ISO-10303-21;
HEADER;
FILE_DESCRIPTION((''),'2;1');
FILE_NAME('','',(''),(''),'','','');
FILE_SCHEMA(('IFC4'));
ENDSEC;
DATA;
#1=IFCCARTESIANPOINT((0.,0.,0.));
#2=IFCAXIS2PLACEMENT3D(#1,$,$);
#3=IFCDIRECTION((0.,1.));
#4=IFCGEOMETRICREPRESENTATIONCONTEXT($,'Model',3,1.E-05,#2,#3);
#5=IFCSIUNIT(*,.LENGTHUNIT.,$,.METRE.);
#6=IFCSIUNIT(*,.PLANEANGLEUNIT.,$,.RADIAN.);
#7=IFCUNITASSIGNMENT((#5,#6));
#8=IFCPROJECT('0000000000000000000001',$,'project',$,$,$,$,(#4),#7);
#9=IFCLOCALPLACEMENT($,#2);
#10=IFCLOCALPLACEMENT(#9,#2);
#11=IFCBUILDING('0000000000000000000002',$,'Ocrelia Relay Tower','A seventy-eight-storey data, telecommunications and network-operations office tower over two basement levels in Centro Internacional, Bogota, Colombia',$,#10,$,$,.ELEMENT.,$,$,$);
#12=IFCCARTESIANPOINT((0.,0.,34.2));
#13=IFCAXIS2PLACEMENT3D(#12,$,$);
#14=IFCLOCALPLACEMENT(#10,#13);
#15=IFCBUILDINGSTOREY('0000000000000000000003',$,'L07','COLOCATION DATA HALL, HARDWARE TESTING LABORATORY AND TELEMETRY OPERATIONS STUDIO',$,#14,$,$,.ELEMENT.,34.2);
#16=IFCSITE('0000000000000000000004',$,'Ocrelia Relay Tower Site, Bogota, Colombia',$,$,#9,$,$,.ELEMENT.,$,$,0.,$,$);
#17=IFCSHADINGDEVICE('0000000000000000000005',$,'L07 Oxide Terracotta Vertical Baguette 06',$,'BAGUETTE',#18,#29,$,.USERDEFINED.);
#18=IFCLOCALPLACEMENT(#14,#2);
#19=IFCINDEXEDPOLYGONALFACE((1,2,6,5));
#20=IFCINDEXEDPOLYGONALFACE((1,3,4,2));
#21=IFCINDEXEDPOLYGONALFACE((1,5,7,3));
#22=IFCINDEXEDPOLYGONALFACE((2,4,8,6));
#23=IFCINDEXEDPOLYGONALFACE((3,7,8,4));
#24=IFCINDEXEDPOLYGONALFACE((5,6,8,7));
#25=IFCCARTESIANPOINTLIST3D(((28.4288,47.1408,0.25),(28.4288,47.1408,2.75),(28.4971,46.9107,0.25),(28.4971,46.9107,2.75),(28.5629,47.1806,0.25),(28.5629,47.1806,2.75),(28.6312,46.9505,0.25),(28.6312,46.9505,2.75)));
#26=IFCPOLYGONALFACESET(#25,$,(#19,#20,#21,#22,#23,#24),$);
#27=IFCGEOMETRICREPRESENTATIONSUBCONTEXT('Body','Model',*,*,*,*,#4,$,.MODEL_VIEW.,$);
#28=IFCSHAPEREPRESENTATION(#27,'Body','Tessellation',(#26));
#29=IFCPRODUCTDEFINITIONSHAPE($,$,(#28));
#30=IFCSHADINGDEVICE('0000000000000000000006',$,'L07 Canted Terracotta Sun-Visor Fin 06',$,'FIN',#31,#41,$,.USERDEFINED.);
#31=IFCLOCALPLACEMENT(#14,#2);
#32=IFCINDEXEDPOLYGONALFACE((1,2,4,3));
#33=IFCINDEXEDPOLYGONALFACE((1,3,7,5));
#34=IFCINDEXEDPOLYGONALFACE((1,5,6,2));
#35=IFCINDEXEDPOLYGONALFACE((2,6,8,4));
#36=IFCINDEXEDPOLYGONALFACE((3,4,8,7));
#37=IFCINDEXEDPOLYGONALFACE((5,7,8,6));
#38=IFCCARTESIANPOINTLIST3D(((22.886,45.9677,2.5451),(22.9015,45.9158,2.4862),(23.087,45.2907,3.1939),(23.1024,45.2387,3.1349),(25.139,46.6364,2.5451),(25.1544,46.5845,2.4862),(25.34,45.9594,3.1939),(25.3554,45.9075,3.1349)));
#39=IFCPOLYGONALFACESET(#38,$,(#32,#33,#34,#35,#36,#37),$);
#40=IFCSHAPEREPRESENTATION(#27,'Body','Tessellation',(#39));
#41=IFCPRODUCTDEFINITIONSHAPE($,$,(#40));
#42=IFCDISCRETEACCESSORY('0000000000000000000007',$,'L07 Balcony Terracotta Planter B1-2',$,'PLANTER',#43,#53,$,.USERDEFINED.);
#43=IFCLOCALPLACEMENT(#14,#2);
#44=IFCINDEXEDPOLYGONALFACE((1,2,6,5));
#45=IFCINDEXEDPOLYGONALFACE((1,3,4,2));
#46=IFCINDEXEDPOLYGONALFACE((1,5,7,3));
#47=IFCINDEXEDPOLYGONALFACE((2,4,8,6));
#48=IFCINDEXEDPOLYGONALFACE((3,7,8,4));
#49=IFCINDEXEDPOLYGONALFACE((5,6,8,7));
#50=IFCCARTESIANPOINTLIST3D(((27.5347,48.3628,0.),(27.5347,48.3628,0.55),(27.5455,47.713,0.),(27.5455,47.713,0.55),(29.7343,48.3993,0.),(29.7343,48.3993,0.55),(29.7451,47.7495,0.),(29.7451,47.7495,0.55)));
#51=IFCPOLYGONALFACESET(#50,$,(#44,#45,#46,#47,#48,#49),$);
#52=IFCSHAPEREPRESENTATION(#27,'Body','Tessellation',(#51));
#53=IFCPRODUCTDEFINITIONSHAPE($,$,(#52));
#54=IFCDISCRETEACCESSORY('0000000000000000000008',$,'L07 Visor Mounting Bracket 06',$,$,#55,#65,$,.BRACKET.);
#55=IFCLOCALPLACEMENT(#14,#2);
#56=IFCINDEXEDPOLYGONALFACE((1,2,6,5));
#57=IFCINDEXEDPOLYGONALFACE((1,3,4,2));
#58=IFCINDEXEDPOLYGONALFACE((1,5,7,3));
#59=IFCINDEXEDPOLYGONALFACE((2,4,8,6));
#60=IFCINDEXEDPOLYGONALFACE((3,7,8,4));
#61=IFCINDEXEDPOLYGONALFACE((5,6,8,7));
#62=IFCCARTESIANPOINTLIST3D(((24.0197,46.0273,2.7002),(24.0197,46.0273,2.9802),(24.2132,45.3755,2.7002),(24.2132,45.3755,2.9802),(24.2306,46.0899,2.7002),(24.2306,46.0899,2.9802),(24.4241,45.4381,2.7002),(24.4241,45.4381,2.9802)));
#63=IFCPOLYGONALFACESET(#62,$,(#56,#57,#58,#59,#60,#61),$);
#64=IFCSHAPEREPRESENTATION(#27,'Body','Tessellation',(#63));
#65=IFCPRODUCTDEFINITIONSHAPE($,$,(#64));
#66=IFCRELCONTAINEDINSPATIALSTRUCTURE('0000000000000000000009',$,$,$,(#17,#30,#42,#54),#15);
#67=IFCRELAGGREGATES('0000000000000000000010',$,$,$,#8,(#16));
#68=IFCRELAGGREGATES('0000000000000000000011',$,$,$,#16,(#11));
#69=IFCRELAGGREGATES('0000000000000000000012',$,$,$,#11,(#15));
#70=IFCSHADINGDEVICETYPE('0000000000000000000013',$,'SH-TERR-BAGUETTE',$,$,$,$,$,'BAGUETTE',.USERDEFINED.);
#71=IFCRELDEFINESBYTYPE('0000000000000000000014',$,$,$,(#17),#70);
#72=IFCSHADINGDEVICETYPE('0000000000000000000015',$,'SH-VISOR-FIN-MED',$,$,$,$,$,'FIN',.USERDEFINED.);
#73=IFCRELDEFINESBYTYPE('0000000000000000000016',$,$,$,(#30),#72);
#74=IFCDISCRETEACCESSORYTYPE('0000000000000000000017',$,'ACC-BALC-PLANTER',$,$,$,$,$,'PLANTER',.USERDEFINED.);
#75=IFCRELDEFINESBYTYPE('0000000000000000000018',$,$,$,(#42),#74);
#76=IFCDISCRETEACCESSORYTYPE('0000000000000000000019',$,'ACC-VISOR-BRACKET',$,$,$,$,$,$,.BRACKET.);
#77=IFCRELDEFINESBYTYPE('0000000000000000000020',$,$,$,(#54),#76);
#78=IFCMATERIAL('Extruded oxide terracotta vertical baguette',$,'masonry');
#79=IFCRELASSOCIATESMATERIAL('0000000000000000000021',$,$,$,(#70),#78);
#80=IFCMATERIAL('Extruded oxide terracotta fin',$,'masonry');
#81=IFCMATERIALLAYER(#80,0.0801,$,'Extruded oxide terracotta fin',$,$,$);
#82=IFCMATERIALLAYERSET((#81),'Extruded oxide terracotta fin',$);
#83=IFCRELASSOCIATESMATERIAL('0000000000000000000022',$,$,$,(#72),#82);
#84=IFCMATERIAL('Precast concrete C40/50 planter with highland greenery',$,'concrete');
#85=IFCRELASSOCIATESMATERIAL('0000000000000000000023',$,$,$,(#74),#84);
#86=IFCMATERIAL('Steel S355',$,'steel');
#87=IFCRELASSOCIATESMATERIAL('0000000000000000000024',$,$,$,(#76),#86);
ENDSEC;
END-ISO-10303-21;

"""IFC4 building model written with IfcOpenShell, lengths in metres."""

from ifc_helpers import new_model, si_unit, direction, frame, origin, origin_2d, place, context, subcontext, project, spatial, rectangle, extrude, material, layer, layer_set, type_object, element, save


model = new_model("IFC4")

# Units and contexts
model_context = context("Model", 3, precision=1e-05, world=origin(), true_north=direction((0.0, 1.0)))
body_context = subcontext(model_context, "Body", "Model", "MODEL_VIEW")
ifc_project = project(units=[si_unit("LENGTHUNIT", "METRE"), si_unit("PLANEANGLEUNIT", "RADIAN")], contexts=[model_context])

# Site, building, storey
site_placement = place(None, origin())
site = spatial("IfcSite", under=ifc_project, at=site_placement, Name="Ocrelia Relay Tower Site, Bogota, Colombia", CompositionType="ELEMENT", RefElevation=0.0)
building_placement = place(site_placement, origin())
building = spatial("IfcBuilding", under=site, at=building_placement, Name="Ocrelia Relay Tower", Description="A seventy-eight-storey data, telecommunications and network-operations office tower over two basement levels in Centro Internacional, Bogota, Colombia", CompositionType="ELEMENT")
storey_placement = place(building_placement, frame((0.0, 0.0, 34.2)))
storey = spatial("IfcBuildingStorey", under=building, at=storey_placement, Name="L07", Description="COLOCATION DATA HALL, HARDWARE TESTING LABORATORY AND TELEMETRY OPERATIONS STUDIO", CompositionType="ELEMENT", Elevation=34.2)

# Shared definitions
ifc_material_1 = material(Name="Steel S355", Category="steel")

# Shading devices
ifc_material_2 = material(Name="Extruded oxide terracotta vertical baguette", Category="masonry")
shading_device_type_1 = type_object("IfcShadingDeviceType", Name="SH-TERR-BAGUETTE", ElementType="BAGUETTE", PredefinedType="USERDEFINED", material=ifc_material_2)
shading_device_1_placement = place(storey_placement, frame((28.53, 47.0457, 0.25), z_axis=(0.0, 0.0, 1.0), x_axis=(-0.958659, -0.284559, 0.0)))
element("IfcShadingDevice", 1, at=shading_device_1_placement, inside=storey, type_object=shading_device_type_1, Name="L07 Oxide Terracotta Vertical Baguette 06", ObjectType="BAGUETTE", PredefinedType="USERDEFINED", context=body_context, shape_type="SweptSolid", body=[
    extrude(rectangle(XDim=0.1399, YDim=0.24, at=origin_2d()), origin(), (0.0, 0.0, 1.0), 2.5),
])
ifc_material_3 = material(Name="Extruded oxide terracotta fin", Category="masonry")
ifc_layer_1 = layer(ifc_material_3, 0.0801, Name="Extruded oxide terracotta fin")
ifc_layer_set_1 = layer_set([ifc_layer_1], Name="Extruded oxide terracotta fin")
shading_device_type_2 = type_object("IfcShadingDeviceType", Name="SH-VISOR-FIN-MED", ElementType="FIN", PredefinedType="USERDEFINED", material=ifc_layer_set_1)
shading_device_2_placement = place(storey_placement, frame((24.1284, 45.9116, 2.8105), z_axis=(-0.192501, 0.648523, 0.736451), x_axis=(-0.958659, -0.284559, 0.0)))
element("IfcShadingDevice", 2, at=shading_device_2_placement, inside=storey, type_object=shading_device_type_2, Name="L07 Canted Terracotta Sun-Visor Fin 06", ObjectType="FIN", PredefinedType="USERDEFINED", context=body_context, shape_type="SweptSolid", body=[
    extrude(rectangle(XDim=2.3501, YDim=0.959, at=origin_2d()), origin(), (0.0, 0.0, 1.0), 0.0801),
])

# Discrete accessories
ifc_material_4 = material(Name="Precast concrete C40/50 planter with highland greenery", Category="concrete")
discrete_accessory_type_1 = type_object("IfcDiscreteAccessoryType", Name="ACC-BALC-PLANTER", ElementType="PLANTER", PredefinedType="USERDEFINED", material=ifc_material_4)
discrete_accessory_1_placement = place(storey_placement, frame((28.6399, 48.0562, 0.0), z_axis=(0.0, 0.0, 1.0), x_axis=(0.999863, 0.016582, 0.0)))
element("IfcDiscreteAccessory", 3, at=discrete_accessory_1_placement, inside=storey, type_object=discrete_accessory_type_1, Name="L07 Balcony Terracotta Planter B1-2", ObjectType="PLANTER", PredefinedType="USERDEFINED", context=body_context, shape_type="SweptSolid", body=[
    extrude(rectangle(XDim=2.2, YDim=0.6499, at=origin_2d()), origin(), (0.0, 0.0, 1.0), 0.55),
])
discrete_accessory_type_2 = type_object("IfcDiscreteAccessoryType", Name="ACC-VISOR-BRACKET", PredefinedType="BRACKET", material=ifc_material_1)
discrete_accessory_2_placement = place(storey_placement, frame((24.2219, 45.7327, 2.7002), z_axis=(0.0, 0.0, 1.0), x_axis=(-0.958659, -0.284559, 0.0)))
element("IfcDiscreteAccessory", 4, at=discrete_accessory_2_placement, inside=storey, type_object=discrete_accessory_type_2, Name="L07 Visor Mounting Bracket 06", PredefinedType="BRACKET", context=body_context, shape_type="SweptSolid", body=[
    extrude(rectangle(XDim=0.22, YDim=0.6799, at=origin_2d()), origin(), (0.0, 0.0, 1.0), 0.28),
])

save(model, "model.ifc")
